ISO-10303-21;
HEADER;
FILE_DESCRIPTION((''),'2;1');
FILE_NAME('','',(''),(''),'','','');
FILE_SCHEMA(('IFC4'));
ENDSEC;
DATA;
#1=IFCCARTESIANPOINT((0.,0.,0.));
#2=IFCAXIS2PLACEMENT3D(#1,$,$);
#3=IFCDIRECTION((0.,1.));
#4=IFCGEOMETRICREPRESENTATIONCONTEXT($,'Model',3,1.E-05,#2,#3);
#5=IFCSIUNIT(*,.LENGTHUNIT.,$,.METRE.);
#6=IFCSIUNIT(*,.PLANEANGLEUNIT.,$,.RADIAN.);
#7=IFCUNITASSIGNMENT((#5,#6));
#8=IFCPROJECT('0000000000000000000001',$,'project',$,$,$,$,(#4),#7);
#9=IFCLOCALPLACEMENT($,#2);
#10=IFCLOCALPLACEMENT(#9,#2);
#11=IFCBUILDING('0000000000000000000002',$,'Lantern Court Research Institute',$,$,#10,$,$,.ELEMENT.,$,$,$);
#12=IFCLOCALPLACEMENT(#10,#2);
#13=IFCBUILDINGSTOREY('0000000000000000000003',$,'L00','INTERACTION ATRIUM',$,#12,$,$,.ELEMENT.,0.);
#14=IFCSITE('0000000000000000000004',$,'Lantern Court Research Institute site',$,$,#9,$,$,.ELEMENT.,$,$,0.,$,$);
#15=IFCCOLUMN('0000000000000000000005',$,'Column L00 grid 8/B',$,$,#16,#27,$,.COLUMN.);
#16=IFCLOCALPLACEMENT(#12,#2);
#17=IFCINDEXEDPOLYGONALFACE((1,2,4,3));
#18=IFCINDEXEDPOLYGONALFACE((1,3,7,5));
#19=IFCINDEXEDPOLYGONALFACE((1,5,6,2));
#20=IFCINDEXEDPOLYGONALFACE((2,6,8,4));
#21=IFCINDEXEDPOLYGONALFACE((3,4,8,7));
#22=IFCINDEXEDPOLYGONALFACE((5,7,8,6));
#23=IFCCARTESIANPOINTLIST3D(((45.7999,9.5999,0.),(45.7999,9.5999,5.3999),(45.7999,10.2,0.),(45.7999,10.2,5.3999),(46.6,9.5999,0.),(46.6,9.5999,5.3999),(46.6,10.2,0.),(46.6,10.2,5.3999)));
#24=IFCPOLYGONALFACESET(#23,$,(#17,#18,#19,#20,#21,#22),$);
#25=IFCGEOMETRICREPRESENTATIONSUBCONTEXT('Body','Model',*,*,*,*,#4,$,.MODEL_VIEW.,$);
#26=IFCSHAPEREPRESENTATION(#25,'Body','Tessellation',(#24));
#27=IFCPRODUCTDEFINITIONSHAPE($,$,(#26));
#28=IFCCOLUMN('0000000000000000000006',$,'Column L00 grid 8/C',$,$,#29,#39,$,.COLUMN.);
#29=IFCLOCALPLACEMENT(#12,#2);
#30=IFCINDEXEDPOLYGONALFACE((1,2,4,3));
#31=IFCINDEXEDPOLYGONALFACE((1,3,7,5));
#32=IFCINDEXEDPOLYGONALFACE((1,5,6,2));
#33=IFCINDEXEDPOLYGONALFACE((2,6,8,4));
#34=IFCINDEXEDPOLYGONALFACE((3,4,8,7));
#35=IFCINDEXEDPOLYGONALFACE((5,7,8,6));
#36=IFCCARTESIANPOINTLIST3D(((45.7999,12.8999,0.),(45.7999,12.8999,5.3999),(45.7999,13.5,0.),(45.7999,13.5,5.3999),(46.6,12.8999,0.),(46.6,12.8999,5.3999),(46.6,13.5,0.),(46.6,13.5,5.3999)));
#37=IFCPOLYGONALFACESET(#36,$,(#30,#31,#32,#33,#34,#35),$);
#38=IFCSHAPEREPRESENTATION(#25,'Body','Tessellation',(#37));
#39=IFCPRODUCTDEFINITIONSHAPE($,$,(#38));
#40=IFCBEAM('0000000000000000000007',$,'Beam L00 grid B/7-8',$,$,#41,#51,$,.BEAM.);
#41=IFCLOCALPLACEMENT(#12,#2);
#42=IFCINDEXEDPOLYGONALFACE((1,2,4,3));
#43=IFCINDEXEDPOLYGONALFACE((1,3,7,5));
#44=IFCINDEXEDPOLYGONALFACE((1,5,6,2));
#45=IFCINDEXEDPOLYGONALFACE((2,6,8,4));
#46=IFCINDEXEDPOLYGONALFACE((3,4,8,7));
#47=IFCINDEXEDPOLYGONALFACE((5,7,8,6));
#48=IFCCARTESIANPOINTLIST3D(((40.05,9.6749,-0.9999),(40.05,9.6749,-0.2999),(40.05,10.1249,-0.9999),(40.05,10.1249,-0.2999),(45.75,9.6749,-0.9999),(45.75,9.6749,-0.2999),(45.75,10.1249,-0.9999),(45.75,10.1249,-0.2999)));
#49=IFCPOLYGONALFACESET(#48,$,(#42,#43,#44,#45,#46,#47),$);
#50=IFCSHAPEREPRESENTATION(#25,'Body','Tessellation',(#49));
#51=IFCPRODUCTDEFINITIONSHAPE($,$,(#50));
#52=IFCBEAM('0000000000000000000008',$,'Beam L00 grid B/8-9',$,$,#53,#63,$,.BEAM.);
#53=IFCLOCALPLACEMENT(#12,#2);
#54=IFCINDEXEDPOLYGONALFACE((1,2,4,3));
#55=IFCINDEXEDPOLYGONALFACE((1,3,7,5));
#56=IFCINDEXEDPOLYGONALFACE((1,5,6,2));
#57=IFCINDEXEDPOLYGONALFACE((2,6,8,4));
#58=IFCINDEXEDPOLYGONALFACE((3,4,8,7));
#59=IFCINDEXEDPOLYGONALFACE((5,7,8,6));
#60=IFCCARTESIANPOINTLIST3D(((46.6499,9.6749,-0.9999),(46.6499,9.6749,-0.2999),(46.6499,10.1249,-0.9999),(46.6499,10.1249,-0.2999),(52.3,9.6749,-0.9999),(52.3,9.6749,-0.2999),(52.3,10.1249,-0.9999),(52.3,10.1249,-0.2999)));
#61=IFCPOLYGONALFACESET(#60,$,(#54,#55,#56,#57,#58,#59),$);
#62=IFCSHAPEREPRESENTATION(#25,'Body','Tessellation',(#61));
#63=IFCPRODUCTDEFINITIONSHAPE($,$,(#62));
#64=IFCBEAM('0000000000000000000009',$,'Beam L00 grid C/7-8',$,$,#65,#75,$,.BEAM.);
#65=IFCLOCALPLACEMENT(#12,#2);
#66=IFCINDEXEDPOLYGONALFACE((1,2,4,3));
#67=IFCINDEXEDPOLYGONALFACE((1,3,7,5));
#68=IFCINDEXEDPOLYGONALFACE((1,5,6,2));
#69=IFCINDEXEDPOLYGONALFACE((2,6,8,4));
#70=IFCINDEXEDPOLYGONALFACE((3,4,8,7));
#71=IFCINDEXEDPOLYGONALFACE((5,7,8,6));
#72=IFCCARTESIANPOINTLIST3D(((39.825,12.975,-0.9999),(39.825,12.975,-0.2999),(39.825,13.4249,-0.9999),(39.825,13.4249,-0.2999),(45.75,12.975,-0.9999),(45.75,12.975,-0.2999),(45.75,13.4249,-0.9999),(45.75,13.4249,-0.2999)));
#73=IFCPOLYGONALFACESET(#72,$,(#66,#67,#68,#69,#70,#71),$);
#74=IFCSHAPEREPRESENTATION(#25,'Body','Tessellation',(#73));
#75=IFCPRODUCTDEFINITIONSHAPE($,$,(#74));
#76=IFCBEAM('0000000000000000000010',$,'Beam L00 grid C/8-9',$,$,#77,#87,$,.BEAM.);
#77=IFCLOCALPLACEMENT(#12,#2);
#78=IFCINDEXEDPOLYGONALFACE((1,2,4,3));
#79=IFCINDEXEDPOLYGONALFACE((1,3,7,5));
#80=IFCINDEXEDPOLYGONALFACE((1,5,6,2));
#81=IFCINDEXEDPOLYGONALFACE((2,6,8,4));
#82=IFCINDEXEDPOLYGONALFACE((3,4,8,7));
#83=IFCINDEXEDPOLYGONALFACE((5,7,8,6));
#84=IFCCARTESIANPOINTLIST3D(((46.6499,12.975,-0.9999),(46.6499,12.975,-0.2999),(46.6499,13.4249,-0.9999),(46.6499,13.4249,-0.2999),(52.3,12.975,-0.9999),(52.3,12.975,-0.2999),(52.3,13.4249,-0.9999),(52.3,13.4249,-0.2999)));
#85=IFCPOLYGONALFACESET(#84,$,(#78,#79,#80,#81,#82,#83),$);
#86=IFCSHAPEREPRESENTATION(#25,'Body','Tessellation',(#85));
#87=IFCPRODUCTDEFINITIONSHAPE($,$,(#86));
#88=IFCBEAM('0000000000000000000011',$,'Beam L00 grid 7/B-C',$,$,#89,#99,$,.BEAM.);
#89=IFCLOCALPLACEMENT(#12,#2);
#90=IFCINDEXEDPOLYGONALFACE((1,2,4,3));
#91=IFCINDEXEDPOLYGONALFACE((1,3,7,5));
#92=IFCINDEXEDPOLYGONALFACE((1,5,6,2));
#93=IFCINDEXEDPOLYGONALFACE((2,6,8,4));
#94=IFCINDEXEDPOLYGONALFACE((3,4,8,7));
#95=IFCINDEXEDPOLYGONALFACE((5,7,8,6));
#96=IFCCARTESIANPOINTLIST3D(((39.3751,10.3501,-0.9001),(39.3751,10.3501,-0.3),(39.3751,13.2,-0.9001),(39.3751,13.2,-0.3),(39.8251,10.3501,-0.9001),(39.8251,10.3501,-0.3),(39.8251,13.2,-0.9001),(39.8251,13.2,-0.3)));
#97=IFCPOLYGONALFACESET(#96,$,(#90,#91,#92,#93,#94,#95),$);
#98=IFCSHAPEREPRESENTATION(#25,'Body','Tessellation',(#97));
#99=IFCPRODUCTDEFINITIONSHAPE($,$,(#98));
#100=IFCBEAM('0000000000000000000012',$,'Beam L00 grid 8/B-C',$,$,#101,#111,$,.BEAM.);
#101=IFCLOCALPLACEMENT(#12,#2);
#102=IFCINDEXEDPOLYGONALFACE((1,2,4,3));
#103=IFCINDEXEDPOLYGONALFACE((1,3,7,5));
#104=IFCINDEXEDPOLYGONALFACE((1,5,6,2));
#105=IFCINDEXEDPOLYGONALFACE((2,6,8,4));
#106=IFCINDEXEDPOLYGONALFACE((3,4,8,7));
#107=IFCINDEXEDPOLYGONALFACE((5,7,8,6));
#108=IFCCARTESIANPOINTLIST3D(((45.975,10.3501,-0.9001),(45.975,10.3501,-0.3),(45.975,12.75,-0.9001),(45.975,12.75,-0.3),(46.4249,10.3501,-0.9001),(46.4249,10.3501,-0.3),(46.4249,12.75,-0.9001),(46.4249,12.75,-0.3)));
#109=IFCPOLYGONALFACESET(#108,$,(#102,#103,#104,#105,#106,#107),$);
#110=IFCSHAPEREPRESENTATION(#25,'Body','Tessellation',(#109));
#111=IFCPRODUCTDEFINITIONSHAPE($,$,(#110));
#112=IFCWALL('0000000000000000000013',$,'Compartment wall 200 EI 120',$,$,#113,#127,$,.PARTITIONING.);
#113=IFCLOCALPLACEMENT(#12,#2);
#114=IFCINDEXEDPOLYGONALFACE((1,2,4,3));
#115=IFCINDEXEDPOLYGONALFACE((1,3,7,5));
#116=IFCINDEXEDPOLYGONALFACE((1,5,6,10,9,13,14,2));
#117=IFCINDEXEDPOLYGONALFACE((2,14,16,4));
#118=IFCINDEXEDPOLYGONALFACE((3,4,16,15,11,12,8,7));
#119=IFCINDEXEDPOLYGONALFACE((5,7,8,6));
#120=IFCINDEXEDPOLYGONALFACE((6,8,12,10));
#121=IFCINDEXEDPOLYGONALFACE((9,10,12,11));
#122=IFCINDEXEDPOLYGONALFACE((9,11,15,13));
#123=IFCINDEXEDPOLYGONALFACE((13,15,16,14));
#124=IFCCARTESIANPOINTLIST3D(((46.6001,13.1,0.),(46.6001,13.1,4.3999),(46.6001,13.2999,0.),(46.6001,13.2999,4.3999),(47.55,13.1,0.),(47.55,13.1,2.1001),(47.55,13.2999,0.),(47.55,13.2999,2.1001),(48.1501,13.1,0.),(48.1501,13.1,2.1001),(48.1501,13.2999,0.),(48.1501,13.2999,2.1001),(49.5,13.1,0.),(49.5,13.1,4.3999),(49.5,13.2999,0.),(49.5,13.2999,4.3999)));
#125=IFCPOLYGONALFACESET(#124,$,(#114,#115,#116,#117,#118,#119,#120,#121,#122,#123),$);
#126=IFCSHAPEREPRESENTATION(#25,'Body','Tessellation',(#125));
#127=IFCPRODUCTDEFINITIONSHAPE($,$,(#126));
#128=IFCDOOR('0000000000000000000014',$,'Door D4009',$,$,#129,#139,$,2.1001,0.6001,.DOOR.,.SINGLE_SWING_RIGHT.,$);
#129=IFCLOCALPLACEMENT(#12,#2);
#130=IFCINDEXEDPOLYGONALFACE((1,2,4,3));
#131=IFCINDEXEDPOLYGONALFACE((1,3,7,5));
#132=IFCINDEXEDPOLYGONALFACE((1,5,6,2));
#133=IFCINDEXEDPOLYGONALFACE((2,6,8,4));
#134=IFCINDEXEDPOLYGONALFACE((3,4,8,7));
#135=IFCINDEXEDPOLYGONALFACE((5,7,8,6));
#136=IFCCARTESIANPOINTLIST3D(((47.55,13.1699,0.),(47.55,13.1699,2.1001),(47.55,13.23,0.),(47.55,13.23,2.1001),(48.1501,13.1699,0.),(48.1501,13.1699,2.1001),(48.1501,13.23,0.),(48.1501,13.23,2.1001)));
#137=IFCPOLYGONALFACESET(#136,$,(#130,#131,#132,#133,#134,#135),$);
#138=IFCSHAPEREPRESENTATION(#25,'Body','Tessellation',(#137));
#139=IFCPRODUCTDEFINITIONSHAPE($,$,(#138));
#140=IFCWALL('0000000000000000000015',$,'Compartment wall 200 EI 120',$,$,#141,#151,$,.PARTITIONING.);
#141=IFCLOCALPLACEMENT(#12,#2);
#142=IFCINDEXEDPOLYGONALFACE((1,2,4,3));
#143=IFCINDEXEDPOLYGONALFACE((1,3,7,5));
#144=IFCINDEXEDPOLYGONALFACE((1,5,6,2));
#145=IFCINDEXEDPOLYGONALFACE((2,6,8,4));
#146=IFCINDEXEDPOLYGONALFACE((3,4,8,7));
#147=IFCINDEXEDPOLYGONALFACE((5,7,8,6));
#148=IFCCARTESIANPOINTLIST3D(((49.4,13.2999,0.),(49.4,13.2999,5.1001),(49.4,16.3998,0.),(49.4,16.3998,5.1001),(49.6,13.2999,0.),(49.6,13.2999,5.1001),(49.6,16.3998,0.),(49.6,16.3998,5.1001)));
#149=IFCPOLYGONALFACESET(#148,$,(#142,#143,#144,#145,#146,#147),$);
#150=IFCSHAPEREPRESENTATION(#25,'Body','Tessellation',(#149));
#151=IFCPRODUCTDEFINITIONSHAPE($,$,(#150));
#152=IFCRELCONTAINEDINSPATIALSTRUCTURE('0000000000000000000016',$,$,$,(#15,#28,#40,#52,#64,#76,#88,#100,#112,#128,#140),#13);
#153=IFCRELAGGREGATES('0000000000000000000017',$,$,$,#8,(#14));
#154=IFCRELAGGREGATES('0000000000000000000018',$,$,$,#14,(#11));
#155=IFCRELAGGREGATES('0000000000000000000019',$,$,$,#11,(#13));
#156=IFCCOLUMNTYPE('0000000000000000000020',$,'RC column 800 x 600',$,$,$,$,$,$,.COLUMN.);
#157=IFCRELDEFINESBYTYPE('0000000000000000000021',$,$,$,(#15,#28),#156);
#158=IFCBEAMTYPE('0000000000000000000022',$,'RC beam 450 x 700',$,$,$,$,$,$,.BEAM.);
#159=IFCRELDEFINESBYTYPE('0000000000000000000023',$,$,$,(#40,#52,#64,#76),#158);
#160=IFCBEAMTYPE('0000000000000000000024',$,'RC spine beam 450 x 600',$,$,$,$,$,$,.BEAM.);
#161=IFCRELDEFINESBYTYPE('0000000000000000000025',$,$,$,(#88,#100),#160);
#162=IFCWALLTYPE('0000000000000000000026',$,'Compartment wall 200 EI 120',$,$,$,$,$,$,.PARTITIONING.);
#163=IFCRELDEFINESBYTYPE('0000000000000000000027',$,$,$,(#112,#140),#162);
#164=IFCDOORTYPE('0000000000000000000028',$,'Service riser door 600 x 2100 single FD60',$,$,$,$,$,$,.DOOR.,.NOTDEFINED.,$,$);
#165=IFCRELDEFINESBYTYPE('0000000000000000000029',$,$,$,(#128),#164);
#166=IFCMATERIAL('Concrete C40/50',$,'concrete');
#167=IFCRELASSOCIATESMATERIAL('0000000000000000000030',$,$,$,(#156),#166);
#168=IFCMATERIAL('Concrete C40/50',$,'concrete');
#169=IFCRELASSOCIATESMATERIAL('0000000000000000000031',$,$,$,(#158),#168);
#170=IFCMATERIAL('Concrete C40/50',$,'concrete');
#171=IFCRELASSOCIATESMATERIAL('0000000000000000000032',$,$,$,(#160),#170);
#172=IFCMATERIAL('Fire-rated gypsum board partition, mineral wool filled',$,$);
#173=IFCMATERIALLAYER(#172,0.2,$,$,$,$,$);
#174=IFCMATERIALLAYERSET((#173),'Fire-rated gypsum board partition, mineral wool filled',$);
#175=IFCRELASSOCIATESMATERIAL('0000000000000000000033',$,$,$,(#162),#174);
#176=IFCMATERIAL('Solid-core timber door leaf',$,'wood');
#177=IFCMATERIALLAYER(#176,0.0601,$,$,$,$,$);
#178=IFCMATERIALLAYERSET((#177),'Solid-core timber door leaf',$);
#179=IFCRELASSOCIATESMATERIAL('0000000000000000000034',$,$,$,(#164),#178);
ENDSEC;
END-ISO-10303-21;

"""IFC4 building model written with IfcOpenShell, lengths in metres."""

from ifc_helpers import new_model, si_unit, direction, frame, frame_2d, origin, origin_2d, place, context, subcontext, project, spatial, rectangle, extrude, material, layer, layer_set, material_profile, profile_set, type_object, element, fill, save


model = new_model("IFC4")

# Units and contexts
model_context = context("Model", 3, precision=1e-05, world=origin(), true_north=direction((0.0, 1.0)))
body_context = subcontext(model_context, "Body", "Model", "MODEL_VIEW")
ifc_project = project(units=[si_unit("LENGTHUNIT", "METRE"), si_unit("PLANEANGLEUNIT", "RADIAN")], contexts=[model_context])

# Site, building, storey
site_placement = place(None, origin())
site = spatial("IfcSite", under=ifc_project, at=site_placement, Name="Lantern Court Research Institute site", CompositionType="ELEMENT", RefElevation=0.0)
building_placement = place(site_placement, origin())
building = spatial("IfcBuilding", under=site, at=building_placement, Name="Lantern Court Research Institute", CompositionType="ELEMENT")
storey_placement = place(building_placement, origin())
storey = spatial("IfcBuildingStorey", under=building, at=storey_placement, Name="L00", Description="INTERACTION ATRIUM", CompositionType="ELEMENT", Elevation=0.0)

# Columns
ifc_material_1 = material(Name="Concrete C40/50", Category="concrete")
ifc_material_profile_1 = material_profile(ifc_material_1, rectangle(XDim=0.8, YDim=0.6001, at=origin_2d()), Name="RC column 800 x 600")
ifc_profile_set_1 = profile_set([ifc_material_profile_1], Name="Concrete C40/50")
column_type = type_object("IfcColumnType", Name="RC column 800 x 600", PredefinedType="COLUMN", material=ifc_profile_set_1)
for number, where, z_axis, x_axis, name in (
    (1, (46.2, 9.8999, 0.0), (0.0, 0.0, 1.0), (1.0, 0.0, 0.0), "Column L00 grid 8/B"),
    (2, (46.2, 13.2, 0.0), (0.0, 0.0, 1.0), (1.0, 0.0, 0.0), "Column L00 grid 8/C"),
):
    element("IfcColumn", number, at=place(storey_placement, frame(where, z_axis=z_axis, x_axis=x_axis)), inside=storey, type_object=column_type, Name=name, PredefinedType="COLUMN", context=body_context, shape_type="SweptSolid", body=[
        extrude(rectangle(XDim=0.8, YDim=0.6001, at=origin_2d()), origin(), (0.0, 0.0, 1.0), 5.3999),
    ])

# Beams
ifc_material_2 = material(Name="Concrete C40/50", Category="concrete")
ifc_material_profile_2 = material_profile(ifc_material_2, rectangle(XDim=0.45, YDim=0.7, at=origin_2d()), Name="RC beam 450 x 700")
ifc_profile_set_2 = profile_set([ifc_material_profile_2], Name="Concrete C40/50")
beam_type_1 = type_object("IfcBeamType", Name="RC beam 450 x 700", PredefinedType="BEAM", material=ifc_profile_set_2)
beam_1_placement = place(storey_placement, frame((40.05, 9.8999, -0.6499), z_axis=(1.0, 0.0, 0.0), x_axis=(0.0, 1.0, 0.0)))
element("IfcBeam", 3, at=beam_1_placement, inside=storey, type_object=beam_type_1, Name="Beam L00 grid B/7-8", PredefinedType="BEAM", context=body_context, shape_type="SweptSolid", body=[
    extrude(rectangle(XDim=0.45, YDim=0.7, at=origin_2d()), origin(), (0.0, 0.0, 1.0), 5.7),
])
beam_2_placement = place(storey_placement, frame((46.6499, 9.8999, -0.6499), z_axis=(1.0, 0.0, 0.0), x_axis=(0.0, 1.0, 0.0)))
element("IfcBeam", 4, at=beam_2_placement, inside=storey, type_object=beam_type_1, Name="Beam L00 grid B/8-9", PredefinedType="BEAM", context=body_context, shape_type="SweptSolid", body=[
    extrude(rectangle(XDim=0.45, YDim=0.7, at=origin_2d()), origin(), (0.0, 0.0, 1.0), 5.6501),
])
beam_3_placement = place(storey_placement, frame((39.825, 13.2, -0.6499), z_axis=(1.0, 0.0, 0.0), x_axis=(0.0, 1.0, 0.0)))
element("IfcBeam", 5, at=beam_3_placement, inside=storey, type_object=beam_type_1, Name="Beam L00 grid C/7-8", PredefinedType="BEAM", context=body_context, shape_type="SweptSolid", body=[
    extrude(rectangle(XDim=0.45, YDim=0.7, at=origin_2d()), origin(), (0.0, 0.0, 1.0), 5.925),
])
beam_4_placement = place(storey_placement, frame((46.6499, 13.2, -0.6499), z_axis=(1.0, 0.0, 0.0), x_axis=(0.0, 1.0, 0.0)))
element("IfcBeam", 6, at=beam_4_placement, inside=storey, type_object=beam_type_1, Name="Beam L00 grid C/8-9", PredefinedType="BEAM", context=body_context, shape_type="SweptSolid", body=[
    extrude(rectangle(XDim=0.45, YDim=0.7, at=origin_2d()), origin(), (0.0, 0.0, 1.0), 5.6501),
])
ifc_material_3 = material(Name="Concrete C40/50", Category="concrete")
ifc_material_profile_3 = material_profile(ifc_material_3, rectangle(XDim=0.45, YDim=0.6001, at=origin_2d()), Name="RC beam 450 x 600")
ifc_profile_set_3 = profile_set([ifc_material_profile_3], Name="Concrete C40/50")
beam_type_2 = type_object("IfcBeamType", Name="RC spine beam 450 x 600", PredefinedType="BEAM", material=ifc_profile_set_3)
beam_5_placement = place(storey_placement, frame((39.6001, 10.3501, -0.6001), z_axis=(0.0, 1.0, 0.0), x_axis=(-1.0, 0.0, 0.0)))
element("IfcBeam", 7, at=beam_5_placement, inside=storey, type_object=beam_type_2, Name="Beam L00 grid 7/B-C", PredefinedType="BEAM", context=body_context, shape_type="SweptSolid", body=[
    extrude(rectangle(XDim=0.45, YDim=0.6001, at=origin_2d()), origin(), (0.0, 0.0, 1.0), 2.8499),
])
beam_6_placement = place(storey_placement, frame((46.2, 10.3501, -0.6001), z_axis=(0.0, 1.0, 0.0), x_axis=(-1.0, 0.0, 0.0)))
element("IfcBeam", 8, at=beam_6_placement, inside=storey, type_object=beam_type_2, Name="Beam L00 grid 8/B-C", PredefinedType="BEAM", context=body_context, shape_type="SweptSolid", body=[
    extrude(rectangle(XDim=0.45, YDim=0.6001, at=origin_2d()), origin(), (0.0, 0.0, 1.0), 2.3999),
])

# Wall, opening, door
ifc_material_4 = material(Name="Fire-rated gypsum board partition, mineral wool filled")
ifc_layer_1 = layer(ifc_material_4, 0.2)
ifc_layer_set_1 = layer_set([ifc_layer_1], Name="Fire-rated gypsum board partition, mineral wool filled")
wall_type_1 = type_object("IfcWallType", Name="Compartment wall 200 EI 120", PredefinedType="PARTITIONING", material=ifc_layer_set_1)
wall_1_placement = place(storey_placement, frame((46.6001, 13.2, 0.0), z_axis=(0.0, 0.0, 1.0), x_axis=(1.0, 0.0, 0.0)))
wall_1 = element("IfcWall", 9, at=wall_1_placement, inside=storey, type_object=wall_type_1, Name="Compartment wall 200 EI 120", PredefinedType="PARTITIONING", context=body_context, shape_type="SweptSolid", body=[
    extrude(rectangle(XDim=2.8999, YDim=0.2, at=frame_2d((1.45, 0.0))), origin(), (0.0, 0.0, 1.0), 4.3999),
])
opening_1_placement = place(wall_1_placement, frame((0.95, 0.0, 0.0)))
opening_1 = element("IfcOpeningElement", 10, at=opening_1_placement, cuts=wall_1, PredefinedType="OPENING", context=body_context, shape_type="SweptSolid", body=[
    extrude(rectangle(XDim=0.6001, YDim=2.1001, at=frame_2d((0.3, 1.05))), frame((0.0, 0.1099, 0.0), z_axis=(0.0, -1.0, 0.0), x_axis=(1.0, 0.0, 0.0)), (0.0, 0.0, 1.0), 0.22),
])
ifc_material_5 = material(Name="Solid-core timber door leaf", Category="wood")
ifc_layer_2 = layer(ifc_material_5, 0.0601)
ifc_layer_set_2 = layer_set([ifc_layer_2], Name="Solid-core timber door leaf")
door_type_1 = type_object("IfcDoorType", Name="Service riser door 600 x 2100 single FD60", OperationType="NOTDEFINED", PredefinedType="DOOR", material=ifc_layer_set_2)
door_1_placement = place(opening_1_placement, origin())
door_1 = element("IfcDoor", 11, at=door_1_placement, inside=storey, type_object=door_type_1, Name="Door D4009", OperationType="SINGLE_SWING_RIGHT", OverallHeight=2.1001, OverallWidth=0.6001, PredefinedType="DOOR", context=body_context, shape_type="SweptSolid", body=[
    extrude(rectangle(XDim=0.6001, YDim=2.1001, at=frame_2d((0.3, 1.05))), frame((0.0, 0.03, 0.0), z_axis=(0.0, -1.0, 0.0), x_axis=(1.0, 0.0, 0.0)), (0.0, 0.0, 1.0), 0.0601),
])
fill(opening_1, door_1)

# Wall
wall_2_placement = place(storey_placement, frame((49.5, 13.3, 0.0), z_axis=(0.0, 0.0, 1.0), x_axis=(0.0, 1.0, 0.0)))
element("IfcWall", 12, at=wall_2_placement, inside=storey, type_object=wall_type_1, Name="Compartment wall 200 EI 120", PredefinedType="PARTITIONING", context=body_context, shape_type="SweptSolid", body=[
    extrude(rectangle(XDim=3.0999, YDim=0.2, at=frame_2d((1.5498, 0.0))), origin(), (0.0, 0.0, 1.0), 5.1001),
])

save(model, "model.ifc")
